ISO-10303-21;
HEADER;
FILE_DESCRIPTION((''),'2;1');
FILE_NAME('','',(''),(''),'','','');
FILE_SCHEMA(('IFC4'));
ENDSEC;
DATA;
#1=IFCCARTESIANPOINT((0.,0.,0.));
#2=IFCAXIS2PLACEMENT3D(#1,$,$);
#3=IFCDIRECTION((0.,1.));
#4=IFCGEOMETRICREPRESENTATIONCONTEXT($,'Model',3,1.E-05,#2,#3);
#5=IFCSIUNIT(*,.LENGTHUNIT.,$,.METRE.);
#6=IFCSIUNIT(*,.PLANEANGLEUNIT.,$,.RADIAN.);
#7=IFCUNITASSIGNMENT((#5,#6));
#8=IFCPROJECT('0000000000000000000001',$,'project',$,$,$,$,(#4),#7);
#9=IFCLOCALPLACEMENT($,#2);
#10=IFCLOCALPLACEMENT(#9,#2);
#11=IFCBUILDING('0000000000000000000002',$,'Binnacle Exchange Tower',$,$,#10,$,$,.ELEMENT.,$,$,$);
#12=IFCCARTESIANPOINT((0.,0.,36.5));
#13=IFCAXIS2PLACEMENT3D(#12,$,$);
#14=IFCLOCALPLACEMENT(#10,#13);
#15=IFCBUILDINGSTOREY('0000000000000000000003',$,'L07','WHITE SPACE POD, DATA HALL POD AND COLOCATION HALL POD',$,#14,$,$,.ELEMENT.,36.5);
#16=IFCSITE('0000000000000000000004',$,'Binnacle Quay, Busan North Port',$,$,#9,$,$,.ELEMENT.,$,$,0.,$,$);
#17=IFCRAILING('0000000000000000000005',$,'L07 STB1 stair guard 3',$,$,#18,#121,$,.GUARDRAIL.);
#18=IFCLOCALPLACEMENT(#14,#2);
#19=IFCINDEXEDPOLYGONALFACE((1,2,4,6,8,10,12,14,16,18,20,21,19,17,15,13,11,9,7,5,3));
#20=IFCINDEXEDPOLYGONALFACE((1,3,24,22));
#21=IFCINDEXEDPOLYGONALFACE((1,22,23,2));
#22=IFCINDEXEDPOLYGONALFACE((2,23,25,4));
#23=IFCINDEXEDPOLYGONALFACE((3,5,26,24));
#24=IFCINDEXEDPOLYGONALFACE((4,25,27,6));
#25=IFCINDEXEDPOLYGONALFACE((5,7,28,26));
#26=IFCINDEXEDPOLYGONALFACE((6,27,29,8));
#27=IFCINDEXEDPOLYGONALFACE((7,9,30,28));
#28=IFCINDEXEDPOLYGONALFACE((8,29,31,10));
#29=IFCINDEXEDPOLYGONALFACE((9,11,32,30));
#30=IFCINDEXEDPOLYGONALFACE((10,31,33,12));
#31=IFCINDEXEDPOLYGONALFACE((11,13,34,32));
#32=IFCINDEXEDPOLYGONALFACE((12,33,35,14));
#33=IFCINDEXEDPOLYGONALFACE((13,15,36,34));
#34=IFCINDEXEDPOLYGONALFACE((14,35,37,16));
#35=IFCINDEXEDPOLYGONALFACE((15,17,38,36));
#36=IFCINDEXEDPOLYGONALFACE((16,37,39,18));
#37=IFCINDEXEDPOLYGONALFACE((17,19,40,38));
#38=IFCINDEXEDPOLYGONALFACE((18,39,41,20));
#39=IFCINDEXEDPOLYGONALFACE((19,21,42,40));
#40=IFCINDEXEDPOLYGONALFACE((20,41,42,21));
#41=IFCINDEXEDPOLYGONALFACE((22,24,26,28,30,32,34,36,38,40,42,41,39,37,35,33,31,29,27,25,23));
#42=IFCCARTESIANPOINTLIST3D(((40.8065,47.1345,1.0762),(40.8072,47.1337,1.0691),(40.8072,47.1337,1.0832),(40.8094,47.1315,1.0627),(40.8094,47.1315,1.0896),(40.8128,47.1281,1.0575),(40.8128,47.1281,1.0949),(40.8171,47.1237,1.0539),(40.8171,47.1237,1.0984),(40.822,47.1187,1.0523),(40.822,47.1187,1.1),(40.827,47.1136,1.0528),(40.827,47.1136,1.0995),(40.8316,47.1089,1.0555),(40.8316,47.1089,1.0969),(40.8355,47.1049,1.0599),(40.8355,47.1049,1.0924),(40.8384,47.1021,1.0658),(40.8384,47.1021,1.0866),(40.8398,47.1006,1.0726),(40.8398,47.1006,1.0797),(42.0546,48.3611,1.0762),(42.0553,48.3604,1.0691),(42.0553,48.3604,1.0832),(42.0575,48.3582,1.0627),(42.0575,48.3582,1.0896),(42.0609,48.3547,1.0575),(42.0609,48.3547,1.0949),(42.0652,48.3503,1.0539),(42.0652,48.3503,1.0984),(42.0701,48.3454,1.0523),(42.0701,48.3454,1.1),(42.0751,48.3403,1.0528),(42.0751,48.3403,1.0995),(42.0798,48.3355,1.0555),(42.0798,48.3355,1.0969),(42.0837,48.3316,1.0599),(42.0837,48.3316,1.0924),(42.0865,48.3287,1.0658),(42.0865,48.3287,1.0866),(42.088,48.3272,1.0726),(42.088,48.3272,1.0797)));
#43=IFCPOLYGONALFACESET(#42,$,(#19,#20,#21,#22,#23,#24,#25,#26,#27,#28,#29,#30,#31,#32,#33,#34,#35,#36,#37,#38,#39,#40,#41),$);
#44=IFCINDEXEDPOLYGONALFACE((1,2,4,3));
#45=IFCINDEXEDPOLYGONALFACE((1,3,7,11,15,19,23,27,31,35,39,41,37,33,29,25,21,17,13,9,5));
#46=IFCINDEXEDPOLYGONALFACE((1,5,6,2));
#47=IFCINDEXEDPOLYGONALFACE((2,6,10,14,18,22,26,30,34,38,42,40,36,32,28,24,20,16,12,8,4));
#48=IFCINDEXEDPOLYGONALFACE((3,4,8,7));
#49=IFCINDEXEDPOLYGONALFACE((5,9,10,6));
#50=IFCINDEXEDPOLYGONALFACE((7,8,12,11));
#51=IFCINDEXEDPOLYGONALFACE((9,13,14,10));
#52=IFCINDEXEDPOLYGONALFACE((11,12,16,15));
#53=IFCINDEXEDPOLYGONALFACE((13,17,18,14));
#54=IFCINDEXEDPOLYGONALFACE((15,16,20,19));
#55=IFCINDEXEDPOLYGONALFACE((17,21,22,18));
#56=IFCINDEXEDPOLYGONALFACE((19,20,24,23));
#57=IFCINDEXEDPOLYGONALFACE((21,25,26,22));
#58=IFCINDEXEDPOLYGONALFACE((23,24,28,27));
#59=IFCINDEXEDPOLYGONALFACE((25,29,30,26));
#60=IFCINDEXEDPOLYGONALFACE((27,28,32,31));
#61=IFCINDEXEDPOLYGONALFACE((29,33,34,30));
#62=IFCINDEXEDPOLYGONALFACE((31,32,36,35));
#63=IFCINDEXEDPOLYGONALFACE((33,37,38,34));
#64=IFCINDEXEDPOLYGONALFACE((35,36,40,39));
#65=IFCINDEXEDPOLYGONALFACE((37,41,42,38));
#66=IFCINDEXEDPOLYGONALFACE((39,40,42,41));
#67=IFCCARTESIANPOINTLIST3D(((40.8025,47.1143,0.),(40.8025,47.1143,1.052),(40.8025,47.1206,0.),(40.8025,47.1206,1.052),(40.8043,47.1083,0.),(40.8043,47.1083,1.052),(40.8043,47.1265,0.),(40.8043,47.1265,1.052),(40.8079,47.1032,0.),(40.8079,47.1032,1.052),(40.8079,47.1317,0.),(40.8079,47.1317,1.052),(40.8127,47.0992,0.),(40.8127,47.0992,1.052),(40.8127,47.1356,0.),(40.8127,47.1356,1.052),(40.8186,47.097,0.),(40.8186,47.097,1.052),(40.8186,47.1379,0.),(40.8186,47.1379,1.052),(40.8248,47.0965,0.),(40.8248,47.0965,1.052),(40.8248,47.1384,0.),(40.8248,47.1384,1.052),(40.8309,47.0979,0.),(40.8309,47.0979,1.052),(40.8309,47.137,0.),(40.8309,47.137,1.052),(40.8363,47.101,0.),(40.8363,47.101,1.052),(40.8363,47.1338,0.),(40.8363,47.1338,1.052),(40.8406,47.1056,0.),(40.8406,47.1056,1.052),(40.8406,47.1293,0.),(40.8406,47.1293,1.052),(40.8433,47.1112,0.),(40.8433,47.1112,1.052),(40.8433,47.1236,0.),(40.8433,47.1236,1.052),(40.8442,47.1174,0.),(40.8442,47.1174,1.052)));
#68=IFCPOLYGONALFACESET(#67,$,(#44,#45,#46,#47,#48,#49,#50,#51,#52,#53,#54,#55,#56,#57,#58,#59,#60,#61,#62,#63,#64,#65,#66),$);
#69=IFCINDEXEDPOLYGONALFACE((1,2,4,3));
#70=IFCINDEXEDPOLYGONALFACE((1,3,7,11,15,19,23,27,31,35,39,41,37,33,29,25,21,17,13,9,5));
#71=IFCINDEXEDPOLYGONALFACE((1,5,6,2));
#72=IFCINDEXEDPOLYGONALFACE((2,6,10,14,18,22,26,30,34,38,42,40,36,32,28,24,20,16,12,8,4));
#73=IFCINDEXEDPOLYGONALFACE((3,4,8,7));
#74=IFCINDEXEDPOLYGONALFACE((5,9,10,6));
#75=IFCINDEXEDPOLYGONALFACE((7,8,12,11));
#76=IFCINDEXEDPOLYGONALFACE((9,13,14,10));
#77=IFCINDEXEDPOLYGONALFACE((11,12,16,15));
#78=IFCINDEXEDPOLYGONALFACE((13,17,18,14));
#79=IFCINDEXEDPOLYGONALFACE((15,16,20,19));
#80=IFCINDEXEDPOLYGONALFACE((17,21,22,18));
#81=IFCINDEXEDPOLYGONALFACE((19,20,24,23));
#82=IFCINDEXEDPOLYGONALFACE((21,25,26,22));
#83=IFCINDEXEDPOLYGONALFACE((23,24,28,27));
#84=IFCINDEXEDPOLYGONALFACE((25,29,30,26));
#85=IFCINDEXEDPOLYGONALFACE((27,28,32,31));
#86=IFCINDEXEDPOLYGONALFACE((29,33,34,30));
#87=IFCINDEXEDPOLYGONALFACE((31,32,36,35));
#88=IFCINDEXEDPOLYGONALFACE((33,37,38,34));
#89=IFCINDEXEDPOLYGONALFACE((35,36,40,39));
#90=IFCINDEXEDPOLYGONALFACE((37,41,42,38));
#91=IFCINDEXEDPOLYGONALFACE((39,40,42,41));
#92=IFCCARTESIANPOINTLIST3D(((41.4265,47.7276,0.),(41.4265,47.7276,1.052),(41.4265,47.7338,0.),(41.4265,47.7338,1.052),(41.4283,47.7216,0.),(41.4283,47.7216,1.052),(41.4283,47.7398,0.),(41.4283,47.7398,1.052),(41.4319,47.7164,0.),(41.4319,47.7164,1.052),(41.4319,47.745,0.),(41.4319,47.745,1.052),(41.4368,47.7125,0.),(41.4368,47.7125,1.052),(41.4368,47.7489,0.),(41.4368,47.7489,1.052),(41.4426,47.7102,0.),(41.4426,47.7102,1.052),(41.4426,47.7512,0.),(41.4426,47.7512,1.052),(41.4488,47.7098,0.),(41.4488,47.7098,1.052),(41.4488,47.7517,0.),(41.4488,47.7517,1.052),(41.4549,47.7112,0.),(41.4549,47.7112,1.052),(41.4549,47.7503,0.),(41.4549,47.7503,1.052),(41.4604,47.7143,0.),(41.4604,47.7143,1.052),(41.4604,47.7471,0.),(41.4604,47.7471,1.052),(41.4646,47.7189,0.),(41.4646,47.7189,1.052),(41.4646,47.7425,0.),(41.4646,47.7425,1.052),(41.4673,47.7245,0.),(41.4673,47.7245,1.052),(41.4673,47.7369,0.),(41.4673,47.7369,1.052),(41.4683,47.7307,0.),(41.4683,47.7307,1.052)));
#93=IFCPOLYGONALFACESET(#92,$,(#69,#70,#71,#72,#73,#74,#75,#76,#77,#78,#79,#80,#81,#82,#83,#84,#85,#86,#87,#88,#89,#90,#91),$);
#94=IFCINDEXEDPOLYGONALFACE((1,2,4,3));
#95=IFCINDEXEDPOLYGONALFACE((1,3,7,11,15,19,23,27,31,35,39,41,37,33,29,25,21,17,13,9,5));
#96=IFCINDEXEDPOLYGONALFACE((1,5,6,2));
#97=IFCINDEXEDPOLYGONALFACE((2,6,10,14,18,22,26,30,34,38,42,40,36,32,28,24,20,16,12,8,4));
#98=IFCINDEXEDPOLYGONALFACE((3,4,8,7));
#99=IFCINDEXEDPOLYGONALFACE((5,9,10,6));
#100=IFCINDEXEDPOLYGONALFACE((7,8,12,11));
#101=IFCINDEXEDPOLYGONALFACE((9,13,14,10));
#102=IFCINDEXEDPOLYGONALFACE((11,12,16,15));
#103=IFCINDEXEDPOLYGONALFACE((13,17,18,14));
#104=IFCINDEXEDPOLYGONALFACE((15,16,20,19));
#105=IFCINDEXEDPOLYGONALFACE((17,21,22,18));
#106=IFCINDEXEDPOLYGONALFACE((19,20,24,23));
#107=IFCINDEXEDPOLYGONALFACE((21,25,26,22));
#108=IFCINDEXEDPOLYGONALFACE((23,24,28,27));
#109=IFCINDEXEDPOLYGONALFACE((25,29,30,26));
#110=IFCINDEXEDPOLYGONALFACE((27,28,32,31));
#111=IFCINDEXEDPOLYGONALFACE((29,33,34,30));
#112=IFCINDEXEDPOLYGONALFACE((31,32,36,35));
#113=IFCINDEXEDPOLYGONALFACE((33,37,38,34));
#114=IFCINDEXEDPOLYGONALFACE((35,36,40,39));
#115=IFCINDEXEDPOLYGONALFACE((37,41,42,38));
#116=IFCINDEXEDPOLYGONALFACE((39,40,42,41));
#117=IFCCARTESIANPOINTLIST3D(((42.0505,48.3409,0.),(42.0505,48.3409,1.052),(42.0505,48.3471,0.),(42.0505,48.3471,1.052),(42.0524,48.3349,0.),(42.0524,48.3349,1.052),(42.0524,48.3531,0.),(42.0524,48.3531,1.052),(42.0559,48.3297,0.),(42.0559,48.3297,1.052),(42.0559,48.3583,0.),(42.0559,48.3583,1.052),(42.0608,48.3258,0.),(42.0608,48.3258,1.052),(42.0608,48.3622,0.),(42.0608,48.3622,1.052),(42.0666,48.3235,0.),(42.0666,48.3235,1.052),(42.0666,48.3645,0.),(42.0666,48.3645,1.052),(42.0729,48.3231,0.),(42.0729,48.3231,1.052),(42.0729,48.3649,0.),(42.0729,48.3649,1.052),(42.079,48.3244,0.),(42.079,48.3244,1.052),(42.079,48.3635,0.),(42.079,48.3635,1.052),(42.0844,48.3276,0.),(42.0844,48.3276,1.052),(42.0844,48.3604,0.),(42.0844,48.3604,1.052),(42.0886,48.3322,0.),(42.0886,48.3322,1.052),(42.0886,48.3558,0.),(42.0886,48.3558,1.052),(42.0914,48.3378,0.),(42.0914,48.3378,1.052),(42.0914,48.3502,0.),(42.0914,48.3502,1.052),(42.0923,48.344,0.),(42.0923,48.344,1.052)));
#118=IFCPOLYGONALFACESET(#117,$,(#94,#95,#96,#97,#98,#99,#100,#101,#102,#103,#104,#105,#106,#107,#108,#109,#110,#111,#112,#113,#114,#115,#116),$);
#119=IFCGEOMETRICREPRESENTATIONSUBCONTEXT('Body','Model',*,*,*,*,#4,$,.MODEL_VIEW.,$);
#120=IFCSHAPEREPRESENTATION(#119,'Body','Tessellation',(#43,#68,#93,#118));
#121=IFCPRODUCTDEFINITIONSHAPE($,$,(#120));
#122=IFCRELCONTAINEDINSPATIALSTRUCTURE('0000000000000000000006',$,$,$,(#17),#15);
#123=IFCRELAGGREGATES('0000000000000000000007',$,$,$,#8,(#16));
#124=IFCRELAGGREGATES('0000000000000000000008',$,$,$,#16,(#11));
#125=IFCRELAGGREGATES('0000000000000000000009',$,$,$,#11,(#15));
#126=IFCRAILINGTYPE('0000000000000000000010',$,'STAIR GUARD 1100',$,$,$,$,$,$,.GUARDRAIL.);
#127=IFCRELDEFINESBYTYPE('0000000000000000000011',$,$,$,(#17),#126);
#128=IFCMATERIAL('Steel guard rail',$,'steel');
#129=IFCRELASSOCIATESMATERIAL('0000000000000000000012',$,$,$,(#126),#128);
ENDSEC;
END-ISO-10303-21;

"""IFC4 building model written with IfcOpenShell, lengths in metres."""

from ifc_helpers import new_model, si_unit, direction, frame, origin, origin_2d, place, context, subcontext, project, spatial, circle, extrude, material, type_object, element, save


model = new_model("IFC4")

# Units and contexts
model_context = context("Model", 3, precision=1e-05, world=origin(), true_north=direction((0.0, 1.0)))
body_context = subcontext(model_context, "Body", "Model", "MODEL_VIEW")
ifc_project = project(units=[si_unit("LENGTHUNIT", "METRE"), si_unit("PLANEANGLEUNIT", "RADIAN")], contexts=[model_context])

# Site, building, storey
site_placement = place(None, origin())
site = spatial("IfcSite", under=ifc_project, at=site_placement, Name="Binnacle Quay, Busan North Port", CompositionType="ELEMENT", RefElevation=0.0)
building_placement = place(site_placement, origin())
building = spatial("IfcBuilding", under=site, at=building_placement, Name="Binnacle Exchange Tower", CompositionType="ELEMENT")
storey_placement = place(building_placement, frame((0.0, 0.0, 36.5)))
storey = spatial("IfcBuildingStorey", under=building, at=storey_placement, Name="L07", Description="WHITE SPACE POD, DATA HALL POD AND COLOCATION HALL POD", CompositionType="ELEMENT", Elevation=36.5)

# Railing
ifc_material_1 = material(Name="Steel guard rail", Category="steel")
railing_type_1 = type_object("IfcRailingType", Name="STAIR GUARD 1100", PredefinedType="GUARDRAIL", material=ifc_material_1)
railing_1_placement = place(storey_placement, frame((40.8232, 47.1174, 0.0)))
element("IfcRailing", 1, at=railing_1_placement, inside=storey, type_object=railing_type_1, Name="L07 STB1 stair guard 3", PredefinedType="GUARDRAIL", context=body_context, shape_type="SweptSolid", body=[
    extrude(circle(Radius=0.0239, at=origin_2d()), frame((0.0, 0.0, 1.0762), z_axis=(0.713219, 0.700941, 0.0), x_axis=(-0.700941, 0.713219, 0.0)), (0.0, 0.0, 1.0), 1.75),
    extrude(circle(Radius=0.021, at=origin_2d()), origin(), (0.0, 0.0, 1.0), 1.052),
    extrude(circle(Radius=0.021, at=origin_2d()), frame((0.624, 0.6133, 0.0)), (0.0, 0.0, 1.0), 1.052),
    extrude(circle(Radius=0.021, at=origin_2d()), frame((1.248, 1.2266, 0.0)), (0.0, 0.0, 1.0), 1.052),
])

save(model, "model.ifc")
